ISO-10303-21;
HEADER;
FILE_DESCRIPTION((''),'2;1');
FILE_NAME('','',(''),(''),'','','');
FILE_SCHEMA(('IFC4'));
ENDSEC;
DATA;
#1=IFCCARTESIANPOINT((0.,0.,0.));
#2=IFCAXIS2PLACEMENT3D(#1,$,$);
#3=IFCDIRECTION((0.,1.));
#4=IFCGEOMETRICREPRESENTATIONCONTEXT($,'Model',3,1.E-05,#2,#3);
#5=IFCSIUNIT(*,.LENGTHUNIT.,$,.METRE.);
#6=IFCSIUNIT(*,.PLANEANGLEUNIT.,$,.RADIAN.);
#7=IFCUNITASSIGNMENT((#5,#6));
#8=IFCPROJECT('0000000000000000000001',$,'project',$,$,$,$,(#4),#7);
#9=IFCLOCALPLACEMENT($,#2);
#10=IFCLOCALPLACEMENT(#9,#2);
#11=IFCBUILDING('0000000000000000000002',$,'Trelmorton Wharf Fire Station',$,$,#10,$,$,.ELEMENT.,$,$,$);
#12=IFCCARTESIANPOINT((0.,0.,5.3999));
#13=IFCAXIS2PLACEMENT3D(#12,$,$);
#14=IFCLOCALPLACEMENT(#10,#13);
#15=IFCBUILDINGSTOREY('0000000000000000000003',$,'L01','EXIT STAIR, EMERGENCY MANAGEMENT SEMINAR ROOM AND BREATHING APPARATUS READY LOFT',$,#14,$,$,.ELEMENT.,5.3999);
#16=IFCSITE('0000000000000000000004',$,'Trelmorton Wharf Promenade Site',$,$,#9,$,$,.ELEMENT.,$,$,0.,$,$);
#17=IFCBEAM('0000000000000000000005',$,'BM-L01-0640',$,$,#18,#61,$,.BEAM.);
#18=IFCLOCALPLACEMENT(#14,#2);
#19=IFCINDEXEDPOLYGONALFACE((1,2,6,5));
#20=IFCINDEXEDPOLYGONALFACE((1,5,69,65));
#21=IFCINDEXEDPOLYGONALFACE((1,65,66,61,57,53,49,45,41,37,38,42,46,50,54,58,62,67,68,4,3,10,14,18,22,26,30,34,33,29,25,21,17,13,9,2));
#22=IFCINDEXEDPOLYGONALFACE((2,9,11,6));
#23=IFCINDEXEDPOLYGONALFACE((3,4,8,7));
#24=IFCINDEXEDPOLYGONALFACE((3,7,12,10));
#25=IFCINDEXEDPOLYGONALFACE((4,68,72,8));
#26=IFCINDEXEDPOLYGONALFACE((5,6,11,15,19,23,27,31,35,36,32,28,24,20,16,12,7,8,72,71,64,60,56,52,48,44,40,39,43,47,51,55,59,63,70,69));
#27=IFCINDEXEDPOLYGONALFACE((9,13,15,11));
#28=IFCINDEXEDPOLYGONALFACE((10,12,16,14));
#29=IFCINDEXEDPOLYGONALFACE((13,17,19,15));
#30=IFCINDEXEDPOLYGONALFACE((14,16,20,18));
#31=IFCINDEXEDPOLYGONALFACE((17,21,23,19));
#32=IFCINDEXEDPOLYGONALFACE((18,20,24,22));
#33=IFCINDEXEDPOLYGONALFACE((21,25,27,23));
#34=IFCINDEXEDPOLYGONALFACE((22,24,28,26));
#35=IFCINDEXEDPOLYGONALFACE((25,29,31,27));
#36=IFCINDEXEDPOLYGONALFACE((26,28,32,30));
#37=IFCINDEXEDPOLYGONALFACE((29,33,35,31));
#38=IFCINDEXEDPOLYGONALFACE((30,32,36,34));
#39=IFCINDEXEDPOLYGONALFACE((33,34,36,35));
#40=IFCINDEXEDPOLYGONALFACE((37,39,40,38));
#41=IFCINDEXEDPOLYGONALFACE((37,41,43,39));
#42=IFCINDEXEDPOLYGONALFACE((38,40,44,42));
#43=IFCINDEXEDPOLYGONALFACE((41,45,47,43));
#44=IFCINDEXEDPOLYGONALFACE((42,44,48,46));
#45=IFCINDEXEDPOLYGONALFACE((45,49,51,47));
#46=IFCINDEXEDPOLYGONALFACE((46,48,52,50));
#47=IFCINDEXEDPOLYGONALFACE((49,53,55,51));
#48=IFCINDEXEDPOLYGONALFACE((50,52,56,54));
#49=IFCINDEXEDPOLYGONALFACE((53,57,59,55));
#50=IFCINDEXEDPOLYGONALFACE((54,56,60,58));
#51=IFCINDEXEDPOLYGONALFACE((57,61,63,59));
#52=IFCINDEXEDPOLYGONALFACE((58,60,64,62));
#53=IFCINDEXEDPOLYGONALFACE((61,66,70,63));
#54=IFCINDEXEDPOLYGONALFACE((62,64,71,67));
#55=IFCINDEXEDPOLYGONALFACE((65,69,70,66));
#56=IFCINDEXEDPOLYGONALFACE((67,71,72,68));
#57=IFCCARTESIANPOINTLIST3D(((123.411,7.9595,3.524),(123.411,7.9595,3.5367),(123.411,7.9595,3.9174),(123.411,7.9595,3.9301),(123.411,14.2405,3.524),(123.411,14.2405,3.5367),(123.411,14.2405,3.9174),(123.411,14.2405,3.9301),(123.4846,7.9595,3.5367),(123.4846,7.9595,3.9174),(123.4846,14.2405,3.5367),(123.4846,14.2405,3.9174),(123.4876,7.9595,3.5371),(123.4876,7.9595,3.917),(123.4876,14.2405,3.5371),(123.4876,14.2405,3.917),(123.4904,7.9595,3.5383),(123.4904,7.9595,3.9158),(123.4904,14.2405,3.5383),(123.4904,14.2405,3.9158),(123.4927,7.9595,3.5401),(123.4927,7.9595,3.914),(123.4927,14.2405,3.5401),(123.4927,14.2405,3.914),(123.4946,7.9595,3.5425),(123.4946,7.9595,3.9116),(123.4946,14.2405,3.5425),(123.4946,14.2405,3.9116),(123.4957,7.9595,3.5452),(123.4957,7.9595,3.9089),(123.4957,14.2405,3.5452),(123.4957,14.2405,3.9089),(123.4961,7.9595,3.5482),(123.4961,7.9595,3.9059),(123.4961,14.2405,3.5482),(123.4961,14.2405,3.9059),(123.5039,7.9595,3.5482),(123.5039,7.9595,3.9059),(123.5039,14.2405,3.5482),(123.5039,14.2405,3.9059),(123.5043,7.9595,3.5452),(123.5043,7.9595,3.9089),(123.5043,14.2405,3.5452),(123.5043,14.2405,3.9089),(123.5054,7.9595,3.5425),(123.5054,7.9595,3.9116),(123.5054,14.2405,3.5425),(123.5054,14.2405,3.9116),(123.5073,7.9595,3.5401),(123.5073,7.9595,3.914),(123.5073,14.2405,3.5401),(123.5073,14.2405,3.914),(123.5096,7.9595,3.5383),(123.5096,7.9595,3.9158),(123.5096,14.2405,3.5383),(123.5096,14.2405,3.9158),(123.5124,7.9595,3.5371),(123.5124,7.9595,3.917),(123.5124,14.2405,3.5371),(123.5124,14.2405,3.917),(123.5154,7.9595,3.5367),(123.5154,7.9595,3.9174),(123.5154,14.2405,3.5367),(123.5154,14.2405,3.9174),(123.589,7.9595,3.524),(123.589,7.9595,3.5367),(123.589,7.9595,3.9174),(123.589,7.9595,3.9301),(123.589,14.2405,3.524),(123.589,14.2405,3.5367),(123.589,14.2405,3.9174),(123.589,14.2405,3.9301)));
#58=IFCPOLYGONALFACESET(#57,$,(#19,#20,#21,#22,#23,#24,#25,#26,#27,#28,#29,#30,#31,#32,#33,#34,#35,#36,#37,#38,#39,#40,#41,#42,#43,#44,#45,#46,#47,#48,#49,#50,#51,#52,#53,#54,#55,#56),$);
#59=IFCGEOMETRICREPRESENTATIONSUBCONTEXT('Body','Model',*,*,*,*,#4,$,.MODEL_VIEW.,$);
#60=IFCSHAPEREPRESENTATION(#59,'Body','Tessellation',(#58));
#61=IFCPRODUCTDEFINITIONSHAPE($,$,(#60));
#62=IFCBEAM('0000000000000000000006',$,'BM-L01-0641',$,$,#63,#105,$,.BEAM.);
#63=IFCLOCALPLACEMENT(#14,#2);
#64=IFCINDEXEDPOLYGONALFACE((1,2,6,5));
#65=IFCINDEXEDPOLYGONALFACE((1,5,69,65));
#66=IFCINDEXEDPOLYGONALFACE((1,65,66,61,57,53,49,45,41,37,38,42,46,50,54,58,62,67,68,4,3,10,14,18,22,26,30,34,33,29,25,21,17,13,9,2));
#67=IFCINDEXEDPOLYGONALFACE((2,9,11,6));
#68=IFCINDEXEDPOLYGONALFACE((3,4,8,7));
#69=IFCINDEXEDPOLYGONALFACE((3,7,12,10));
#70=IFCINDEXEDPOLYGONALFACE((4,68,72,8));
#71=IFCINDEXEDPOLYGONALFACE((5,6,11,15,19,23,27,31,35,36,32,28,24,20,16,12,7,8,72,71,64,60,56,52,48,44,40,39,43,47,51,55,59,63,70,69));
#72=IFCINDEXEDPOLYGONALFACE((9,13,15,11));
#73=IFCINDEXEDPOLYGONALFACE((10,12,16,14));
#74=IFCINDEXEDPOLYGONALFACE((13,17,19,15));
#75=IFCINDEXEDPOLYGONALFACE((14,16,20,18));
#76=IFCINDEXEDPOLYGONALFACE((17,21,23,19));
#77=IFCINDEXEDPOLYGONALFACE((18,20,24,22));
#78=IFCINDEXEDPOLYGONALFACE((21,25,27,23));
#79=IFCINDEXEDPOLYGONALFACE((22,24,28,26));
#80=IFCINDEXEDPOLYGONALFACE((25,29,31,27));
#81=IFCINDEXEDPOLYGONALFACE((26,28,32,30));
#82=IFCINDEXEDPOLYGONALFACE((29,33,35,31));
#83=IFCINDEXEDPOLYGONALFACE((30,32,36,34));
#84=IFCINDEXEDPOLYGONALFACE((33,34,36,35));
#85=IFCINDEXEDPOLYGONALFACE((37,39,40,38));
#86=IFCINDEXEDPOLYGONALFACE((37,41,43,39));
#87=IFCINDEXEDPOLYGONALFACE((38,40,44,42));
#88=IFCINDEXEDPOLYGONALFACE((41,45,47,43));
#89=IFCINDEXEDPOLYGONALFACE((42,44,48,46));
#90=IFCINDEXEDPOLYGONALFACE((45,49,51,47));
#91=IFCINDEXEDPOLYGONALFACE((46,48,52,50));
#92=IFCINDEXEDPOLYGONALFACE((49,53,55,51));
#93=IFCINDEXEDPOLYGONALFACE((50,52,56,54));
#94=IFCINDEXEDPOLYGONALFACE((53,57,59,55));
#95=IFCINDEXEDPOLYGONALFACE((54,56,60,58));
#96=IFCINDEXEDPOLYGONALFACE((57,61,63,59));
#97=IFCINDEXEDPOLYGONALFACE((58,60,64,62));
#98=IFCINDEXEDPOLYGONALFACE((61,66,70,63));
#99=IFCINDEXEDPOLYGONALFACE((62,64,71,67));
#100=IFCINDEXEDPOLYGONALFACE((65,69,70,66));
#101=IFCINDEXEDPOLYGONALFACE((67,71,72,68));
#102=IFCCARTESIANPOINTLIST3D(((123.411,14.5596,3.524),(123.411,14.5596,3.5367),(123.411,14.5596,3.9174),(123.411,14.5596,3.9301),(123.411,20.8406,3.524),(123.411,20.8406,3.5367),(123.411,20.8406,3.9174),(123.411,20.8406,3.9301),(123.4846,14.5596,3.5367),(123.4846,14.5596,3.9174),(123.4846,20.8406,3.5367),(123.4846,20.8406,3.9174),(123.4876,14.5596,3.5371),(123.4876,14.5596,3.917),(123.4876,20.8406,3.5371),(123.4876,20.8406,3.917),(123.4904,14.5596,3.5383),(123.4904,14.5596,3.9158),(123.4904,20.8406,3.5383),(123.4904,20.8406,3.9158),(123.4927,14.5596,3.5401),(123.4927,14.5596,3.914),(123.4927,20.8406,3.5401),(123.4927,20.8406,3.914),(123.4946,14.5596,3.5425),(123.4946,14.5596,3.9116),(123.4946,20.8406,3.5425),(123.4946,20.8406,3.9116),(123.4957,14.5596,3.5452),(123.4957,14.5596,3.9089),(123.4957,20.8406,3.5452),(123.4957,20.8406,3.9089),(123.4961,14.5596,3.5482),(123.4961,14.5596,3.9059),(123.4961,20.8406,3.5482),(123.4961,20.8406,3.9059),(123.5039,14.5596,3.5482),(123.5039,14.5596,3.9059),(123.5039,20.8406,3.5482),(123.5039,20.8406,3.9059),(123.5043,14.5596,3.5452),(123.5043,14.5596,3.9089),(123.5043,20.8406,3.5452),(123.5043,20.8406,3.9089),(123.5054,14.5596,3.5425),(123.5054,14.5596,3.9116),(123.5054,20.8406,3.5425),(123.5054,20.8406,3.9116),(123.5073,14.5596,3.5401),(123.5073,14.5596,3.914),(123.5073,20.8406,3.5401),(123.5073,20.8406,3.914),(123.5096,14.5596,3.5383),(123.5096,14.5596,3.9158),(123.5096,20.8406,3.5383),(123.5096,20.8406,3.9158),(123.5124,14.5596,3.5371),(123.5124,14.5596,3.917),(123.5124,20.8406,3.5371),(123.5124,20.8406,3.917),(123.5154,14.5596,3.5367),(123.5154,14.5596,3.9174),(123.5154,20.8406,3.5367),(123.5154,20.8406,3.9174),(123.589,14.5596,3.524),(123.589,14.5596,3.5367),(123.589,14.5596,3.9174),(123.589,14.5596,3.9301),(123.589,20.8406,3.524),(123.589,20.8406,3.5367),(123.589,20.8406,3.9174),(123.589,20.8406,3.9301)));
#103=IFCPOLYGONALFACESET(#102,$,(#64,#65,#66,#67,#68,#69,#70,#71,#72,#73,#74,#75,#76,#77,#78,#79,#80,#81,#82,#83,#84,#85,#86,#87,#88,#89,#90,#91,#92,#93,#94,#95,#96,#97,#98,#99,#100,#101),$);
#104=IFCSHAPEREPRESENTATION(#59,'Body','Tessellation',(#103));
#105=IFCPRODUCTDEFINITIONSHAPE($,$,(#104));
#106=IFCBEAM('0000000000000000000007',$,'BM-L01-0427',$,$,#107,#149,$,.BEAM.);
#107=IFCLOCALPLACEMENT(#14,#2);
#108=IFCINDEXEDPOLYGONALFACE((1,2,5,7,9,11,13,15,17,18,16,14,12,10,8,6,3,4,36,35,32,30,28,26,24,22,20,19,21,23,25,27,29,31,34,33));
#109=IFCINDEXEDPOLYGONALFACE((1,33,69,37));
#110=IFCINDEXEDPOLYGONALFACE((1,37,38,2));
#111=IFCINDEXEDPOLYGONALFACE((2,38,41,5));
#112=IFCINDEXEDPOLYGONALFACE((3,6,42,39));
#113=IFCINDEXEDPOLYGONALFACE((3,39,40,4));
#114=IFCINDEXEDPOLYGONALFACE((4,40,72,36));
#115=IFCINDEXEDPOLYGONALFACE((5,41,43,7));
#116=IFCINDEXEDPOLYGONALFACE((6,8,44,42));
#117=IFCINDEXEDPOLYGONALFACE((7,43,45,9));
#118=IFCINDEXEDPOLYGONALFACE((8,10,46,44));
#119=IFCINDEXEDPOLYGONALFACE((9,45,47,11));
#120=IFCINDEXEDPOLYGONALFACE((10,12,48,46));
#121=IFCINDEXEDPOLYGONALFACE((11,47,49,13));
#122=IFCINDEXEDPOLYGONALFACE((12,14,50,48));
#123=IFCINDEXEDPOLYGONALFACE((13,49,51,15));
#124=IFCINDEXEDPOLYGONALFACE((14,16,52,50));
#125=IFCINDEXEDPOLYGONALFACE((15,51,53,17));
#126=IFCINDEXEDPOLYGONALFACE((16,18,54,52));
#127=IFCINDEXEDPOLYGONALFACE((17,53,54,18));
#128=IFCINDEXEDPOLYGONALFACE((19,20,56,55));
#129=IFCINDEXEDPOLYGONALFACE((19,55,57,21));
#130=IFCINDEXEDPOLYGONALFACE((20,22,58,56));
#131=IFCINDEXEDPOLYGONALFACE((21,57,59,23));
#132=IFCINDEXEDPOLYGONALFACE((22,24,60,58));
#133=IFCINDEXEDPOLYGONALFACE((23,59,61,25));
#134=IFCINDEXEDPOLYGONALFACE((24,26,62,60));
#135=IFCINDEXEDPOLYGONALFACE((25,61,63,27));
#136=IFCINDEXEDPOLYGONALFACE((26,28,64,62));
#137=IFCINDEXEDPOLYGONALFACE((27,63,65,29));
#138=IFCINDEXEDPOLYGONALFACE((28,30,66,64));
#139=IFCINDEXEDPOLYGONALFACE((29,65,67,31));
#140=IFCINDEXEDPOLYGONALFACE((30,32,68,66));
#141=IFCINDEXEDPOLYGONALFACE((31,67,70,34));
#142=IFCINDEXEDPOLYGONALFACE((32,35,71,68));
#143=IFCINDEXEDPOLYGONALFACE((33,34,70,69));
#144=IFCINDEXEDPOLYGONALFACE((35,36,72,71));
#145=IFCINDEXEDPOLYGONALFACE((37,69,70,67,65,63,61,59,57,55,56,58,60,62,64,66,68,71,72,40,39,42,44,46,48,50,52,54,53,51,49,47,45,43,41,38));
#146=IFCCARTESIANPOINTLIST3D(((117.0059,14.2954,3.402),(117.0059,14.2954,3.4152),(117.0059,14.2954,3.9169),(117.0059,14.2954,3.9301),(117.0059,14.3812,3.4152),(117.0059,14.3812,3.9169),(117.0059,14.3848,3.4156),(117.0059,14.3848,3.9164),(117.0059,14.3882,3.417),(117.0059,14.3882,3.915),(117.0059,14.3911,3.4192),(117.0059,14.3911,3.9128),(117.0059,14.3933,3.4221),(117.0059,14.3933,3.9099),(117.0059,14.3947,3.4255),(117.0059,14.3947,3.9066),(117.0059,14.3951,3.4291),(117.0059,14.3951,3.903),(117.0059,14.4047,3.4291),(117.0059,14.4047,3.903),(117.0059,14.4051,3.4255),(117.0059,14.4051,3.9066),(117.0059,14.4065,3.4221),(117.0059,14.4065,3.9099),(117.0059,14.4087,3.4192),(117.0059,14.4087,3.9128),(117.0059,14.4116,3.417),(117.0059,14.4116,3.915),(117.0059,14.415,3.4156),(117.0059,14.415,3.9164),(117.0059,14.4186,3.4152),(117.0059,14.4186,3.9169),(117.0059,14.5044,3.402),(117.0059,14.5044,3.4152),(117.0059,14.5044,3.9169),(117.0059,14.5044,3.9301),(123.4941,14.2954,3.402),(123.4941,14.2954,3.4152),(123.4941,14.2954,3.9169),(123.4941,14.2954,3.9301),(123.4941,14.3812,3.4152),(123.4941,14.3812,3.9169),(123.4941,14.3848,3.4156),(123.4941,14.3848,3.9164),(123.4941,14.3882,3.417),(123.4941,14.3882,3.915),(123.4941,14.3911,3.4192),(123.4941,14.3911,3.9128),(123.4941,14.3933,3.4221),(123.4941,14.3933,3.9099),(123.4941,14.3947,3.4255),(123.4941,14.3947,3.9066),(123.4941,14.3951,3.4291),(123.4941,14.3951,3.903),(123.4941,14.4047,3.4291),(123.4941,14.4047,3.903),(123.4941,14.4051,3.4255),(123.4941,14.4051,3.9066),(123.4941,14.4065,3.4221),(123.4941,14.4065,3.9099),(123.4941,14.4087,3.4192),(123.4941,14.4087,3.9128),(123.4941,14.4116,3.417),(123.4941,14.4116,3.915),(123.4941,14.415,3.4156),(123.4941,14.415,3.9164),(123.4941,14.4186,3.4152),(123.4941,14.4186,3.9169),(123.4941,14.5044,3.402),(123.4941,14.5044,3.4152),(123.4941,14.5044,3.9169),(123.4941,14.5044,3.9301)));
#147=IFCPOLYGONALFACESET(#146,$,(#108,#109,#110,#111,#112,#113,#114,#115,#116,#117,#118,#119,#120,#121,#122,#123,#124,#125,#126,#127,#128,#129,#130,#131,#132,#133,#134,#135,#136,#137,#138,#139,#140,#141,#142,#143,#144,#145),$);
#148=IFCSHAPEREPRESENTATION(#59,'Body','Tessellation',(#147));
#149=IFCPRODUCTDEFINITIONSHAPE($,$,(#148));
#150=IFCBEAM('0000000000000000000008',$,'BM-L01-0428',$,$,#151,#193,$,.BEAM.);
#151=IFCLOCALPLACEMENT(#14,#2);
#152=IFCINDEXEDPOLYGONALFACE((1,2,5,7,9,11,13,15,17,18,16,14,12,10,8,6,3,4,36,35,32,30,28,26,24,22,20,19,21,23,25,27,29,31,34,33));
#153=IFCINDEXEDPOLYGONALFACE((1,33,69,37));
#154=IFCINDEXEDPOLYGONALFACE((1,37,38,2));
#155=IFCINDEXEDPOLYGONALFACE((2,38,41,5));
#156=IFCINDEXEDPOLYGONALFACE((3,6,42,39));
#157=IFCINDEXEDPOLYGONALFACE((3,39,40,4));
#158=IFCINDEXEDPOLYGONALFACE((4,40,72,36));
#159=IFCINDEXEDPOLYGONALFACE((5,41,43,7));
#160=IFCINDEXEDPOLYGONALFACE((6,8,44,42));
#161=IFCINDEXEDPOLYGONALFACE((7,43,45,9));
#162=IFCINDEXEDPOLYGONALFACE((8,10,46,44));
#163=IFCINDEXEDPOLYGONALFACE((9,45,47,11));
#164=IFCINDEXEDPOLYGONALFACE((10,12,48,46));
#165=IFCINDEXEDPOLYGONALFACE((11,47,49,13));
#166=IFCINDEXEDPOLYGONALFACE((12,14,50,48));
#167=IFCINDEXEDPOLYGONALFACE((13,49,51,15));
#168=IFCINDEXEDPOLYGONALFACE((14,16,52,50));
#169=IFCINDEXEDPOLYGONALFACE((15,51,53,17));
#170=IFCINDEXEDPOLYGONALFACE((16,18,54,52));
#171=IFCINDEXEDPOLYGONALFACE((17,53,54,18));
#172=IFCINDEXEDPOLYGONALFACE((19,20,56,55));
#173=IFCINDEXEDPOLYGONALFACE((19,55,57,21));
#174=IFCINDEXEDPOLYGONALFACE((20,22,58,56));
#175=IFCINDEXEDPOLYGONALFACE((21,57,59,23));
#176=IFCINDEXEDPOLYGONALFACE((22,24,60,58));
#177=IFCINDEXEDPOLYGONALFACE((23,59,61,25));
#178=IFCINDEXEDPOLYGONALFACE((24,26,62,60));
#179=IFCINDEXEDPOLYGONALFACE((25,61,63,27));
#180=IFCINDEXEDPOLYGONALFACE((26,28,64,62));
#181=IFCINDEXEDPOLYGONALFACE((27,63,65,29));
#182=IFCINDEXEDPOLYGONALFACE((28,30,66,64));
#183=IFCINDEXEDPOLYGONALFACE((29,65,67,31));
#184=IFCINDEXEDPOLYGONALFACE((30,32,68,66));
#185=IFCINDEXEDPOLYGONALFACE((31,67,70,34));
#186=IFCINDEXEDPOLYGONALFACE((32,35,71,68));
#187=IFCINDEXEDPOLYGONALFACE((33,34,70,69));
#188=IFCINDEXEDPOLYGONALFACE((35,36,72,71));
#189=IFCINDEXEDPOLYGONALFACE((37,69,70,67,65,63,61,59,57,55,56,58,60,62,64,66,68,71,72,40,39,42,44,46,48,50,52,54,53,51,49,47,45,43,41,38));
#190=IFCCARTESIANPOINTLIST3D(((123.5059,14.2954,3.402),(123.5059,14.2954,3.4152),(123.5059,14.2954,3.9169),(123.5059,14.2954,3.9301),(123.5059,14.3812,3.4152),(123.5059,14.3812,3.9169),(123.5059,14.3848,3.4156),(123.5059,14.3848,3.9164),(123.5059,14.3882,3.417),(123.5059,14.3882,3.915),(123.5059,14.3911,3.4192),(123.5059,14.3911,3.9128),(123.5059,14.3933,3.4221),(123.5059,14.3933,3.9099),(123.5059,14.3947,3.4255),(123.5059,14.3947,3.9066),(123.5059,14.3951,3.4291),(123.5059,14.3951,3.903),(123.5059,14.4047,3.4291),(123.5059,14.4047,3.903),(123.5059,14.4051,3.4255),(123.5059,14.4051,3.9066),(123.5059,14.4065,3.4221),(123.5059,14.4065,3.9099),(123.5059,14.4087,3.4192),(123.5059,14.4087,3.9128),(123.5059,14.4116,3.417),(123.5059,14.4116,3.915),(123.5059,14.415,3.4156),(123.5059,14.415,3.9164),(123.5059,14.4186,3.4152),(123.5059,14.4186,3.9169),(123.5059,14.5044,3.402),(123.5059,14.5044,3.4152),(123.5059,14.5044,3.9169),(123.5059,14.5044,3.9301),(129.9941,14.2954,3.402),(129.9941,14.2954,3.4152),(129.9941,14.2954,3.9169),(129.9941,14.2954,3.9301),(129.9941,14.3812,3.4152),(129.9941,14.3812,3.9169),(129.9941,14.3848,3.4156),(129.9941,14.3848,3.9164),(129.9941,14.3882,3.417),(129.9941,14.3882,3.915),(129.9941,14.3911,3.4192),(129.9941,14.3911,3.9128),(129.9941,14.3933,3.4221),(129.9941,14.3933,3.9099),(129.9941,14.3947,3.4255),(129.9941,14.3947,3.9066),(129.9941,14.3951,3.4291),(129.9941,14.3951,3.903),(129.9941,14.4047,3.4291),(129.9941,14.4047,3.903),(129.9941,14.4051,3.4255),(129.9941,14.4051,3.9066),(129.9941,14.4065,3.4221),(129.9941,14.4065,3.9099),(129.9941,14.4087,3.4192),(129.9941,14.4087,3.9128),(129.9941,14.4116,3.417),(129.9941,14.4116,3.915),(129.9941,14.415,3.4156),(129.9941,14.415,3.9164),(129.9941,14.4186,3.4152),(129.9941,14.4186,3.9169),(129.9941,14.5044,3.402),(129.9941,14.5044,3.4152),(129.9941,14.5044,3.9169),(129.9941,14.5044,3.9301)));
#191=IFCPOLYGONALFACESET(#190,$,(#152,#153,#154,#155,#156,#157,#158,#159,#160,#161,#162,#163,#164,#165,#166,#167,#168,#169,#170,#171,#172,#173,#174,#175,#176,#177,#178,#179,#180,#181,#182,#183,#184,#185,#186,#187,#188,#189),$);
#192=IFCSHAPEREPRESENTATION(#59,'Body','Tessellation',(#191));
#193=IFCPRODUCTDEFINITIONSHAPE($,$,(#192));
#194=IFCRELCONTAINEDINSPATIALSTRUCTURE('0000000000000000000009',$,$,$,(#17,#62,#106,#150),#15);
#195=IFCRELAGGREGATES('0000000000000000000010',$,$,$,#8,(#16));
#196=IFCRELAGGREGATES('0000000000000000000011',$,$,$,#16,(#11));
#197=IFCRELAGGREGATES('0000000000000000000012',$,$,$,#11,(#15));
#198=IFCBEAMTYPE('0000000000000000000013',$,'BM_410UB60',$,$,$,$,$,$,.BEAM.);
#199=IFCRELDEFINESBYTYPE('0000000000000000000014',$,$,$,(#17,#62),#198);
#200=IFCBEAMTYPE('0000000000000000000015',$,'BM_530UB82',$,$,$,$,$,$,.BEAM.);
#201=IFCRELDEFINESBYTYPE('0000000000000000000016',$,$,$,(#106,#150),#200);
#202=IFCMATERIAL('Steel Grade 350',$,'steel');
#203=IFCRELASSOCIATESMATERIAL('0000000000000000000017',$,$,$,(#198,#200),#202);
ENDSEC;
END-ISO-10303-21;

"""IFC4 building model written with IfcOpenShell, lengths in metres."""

from ifc_helpers import new_model, si_unit, direction, frame, origin, origin_2d, place, context, subcontext, project, spatial, i_section, extrude, material, material_profile, profile_set, type_object, element, save


model = new_model("IFC4")

# Units and contexts
model_context = context("Model", 3, precision=1e-05, world=origin(), true_north=direction((0.0, 1.0)))
body_context = subcontext(model_context, "Body", "Model", "MODEL_VIEW")
ifc_project = project(units=[si_unit("LENGTHUNIT", "METRE"), si_unit("PLANEANGLEUNIT", "RADIAN")], contexts=[model_context])

# Site, building, storey
site_placement = place(None, origin())
site = spatial("IfcSite", under=ifc_project, at=site_placement, Name="Trelmorton Wharf Promenade Site", CompositionType="ELEMENT", RefElevation=0.0)
building_placement = place(site_placement, origin())
building = spatial("IfcBuilding", under=site, at=building_placement, Name="Trelmorton Wharf Fire Station", CompositionType="ELEMENT")
storey_placement = place(building_placement, frame((0.0, 0.0, 5.3999)))
storey = spatial("IfcBuildingStorey", under=building, at=storey_placement, Name="L01", Description="EXIT STAIR, EMERGENCY MANAGEMENT SEMINAR ROOM AND BREATHING APPARATUS READY LOFT", CompositionType="ELEMENT", Elevation=5.3999)

# Shared definitions
ifc_material_1 = material(Name="Steel Grade 350", Category="steel")

# Beams
ifc_material_profile_1 = material_profile(ifc_material_1, i_section(OverallWidth=0.178, OverallDepth=0.406, WebThickness=0.0078, FlangeThickness=0.0127, FilletRadius=0.0115, at=origin_2d()), Name="410UB59.7")
ifc_profile_set_1 = profile_set([ifc_material_profile_1], Name="Steel Grade 350")
beam_type_1 = type_object("IfcBeamType", Name="BM_410UB60", PredefinedType="BEAM", material=ifc_profile_set_1)
for number, where, z_axis, x_axis, name in (
    (1, (123.5, 7.9595, 3.7271), (0.0, 1.0, 0.0), (-1.0, 0.0, 0.0), "BM-L01-0640"),
    (2, (123.5, 14.5596, 3.7271), (0.0, 1.0, 0.0), (-1.0, 0.0, 0.0), "BM-L01-0641"),
):
    element("IfcBeam", number, at=place(storey_placement, frame(where, z_axis=z_axis, x_axis=x_axis)), inside=storey, type_object=beam_type_1, Name=name, PredefinedType="BEAM", context=body_context, shape_type="SweptSolid", body=[
        extrude(i_section(OverallWidth=0.178, OverallDepth=0.406, WebThickness=0.0078, FlangeThickness=0.0127, FilletRadius=0.0115, at=origin_2d()), origin(), (0.0, 0.0, 1.0), 6.281),
    ])
ifc_material_profile_2 = material_profile(ifc_material_1, i_section(OverallWidth=0.209, OverallDepth=0.5281, WebThickness=0.0095, FlangeThickness=0.0132, FilletRadius=0.0139, at=origin_2d()), Name="530UB82.0")
ifc_profile_set_2 = profile_set([ifc_material_profile_2], Name="Steel Grade 350")
beam_type_2 = type_object("IfcBeamType", Name="BM_530UB82", PredefinedType="BEAM", material=ifc_profile_set_2)
for number, where, z_axis, x_axis, name in (
    (3, (117.0059, 14.3999, 3.666), (1.0, 0.0, 0.0), (0.0, 1.0, 0.0), "BM-L01-0427"),
    (4, (123.5059, 14.3999, 3.666), (1.0, 0.0, 0.0), (0.0, 1.0, 0.0), "BM-L01-0428"),
):
    element("IfcBeam", number, at=place(storey_placement, frame(where, z_axis=z_axis, x_axis=x_axis)), inside=storey, type_object=beam_type_2, Name=name, PredefinedType="BEAM", context=body_context, shape_type="SweptSolid", body=[
        extrude(i_section(OverallWidth=0.209, OverallDepth=0.5281, WebThickness=0.0095, FlangeThickness=0.0132, FilletRadius=0.0139, at=origin_2d()), origin(), (0.0, 0.0, 1.0), 6.4883),
    ])

save(model, "model.ifc")
